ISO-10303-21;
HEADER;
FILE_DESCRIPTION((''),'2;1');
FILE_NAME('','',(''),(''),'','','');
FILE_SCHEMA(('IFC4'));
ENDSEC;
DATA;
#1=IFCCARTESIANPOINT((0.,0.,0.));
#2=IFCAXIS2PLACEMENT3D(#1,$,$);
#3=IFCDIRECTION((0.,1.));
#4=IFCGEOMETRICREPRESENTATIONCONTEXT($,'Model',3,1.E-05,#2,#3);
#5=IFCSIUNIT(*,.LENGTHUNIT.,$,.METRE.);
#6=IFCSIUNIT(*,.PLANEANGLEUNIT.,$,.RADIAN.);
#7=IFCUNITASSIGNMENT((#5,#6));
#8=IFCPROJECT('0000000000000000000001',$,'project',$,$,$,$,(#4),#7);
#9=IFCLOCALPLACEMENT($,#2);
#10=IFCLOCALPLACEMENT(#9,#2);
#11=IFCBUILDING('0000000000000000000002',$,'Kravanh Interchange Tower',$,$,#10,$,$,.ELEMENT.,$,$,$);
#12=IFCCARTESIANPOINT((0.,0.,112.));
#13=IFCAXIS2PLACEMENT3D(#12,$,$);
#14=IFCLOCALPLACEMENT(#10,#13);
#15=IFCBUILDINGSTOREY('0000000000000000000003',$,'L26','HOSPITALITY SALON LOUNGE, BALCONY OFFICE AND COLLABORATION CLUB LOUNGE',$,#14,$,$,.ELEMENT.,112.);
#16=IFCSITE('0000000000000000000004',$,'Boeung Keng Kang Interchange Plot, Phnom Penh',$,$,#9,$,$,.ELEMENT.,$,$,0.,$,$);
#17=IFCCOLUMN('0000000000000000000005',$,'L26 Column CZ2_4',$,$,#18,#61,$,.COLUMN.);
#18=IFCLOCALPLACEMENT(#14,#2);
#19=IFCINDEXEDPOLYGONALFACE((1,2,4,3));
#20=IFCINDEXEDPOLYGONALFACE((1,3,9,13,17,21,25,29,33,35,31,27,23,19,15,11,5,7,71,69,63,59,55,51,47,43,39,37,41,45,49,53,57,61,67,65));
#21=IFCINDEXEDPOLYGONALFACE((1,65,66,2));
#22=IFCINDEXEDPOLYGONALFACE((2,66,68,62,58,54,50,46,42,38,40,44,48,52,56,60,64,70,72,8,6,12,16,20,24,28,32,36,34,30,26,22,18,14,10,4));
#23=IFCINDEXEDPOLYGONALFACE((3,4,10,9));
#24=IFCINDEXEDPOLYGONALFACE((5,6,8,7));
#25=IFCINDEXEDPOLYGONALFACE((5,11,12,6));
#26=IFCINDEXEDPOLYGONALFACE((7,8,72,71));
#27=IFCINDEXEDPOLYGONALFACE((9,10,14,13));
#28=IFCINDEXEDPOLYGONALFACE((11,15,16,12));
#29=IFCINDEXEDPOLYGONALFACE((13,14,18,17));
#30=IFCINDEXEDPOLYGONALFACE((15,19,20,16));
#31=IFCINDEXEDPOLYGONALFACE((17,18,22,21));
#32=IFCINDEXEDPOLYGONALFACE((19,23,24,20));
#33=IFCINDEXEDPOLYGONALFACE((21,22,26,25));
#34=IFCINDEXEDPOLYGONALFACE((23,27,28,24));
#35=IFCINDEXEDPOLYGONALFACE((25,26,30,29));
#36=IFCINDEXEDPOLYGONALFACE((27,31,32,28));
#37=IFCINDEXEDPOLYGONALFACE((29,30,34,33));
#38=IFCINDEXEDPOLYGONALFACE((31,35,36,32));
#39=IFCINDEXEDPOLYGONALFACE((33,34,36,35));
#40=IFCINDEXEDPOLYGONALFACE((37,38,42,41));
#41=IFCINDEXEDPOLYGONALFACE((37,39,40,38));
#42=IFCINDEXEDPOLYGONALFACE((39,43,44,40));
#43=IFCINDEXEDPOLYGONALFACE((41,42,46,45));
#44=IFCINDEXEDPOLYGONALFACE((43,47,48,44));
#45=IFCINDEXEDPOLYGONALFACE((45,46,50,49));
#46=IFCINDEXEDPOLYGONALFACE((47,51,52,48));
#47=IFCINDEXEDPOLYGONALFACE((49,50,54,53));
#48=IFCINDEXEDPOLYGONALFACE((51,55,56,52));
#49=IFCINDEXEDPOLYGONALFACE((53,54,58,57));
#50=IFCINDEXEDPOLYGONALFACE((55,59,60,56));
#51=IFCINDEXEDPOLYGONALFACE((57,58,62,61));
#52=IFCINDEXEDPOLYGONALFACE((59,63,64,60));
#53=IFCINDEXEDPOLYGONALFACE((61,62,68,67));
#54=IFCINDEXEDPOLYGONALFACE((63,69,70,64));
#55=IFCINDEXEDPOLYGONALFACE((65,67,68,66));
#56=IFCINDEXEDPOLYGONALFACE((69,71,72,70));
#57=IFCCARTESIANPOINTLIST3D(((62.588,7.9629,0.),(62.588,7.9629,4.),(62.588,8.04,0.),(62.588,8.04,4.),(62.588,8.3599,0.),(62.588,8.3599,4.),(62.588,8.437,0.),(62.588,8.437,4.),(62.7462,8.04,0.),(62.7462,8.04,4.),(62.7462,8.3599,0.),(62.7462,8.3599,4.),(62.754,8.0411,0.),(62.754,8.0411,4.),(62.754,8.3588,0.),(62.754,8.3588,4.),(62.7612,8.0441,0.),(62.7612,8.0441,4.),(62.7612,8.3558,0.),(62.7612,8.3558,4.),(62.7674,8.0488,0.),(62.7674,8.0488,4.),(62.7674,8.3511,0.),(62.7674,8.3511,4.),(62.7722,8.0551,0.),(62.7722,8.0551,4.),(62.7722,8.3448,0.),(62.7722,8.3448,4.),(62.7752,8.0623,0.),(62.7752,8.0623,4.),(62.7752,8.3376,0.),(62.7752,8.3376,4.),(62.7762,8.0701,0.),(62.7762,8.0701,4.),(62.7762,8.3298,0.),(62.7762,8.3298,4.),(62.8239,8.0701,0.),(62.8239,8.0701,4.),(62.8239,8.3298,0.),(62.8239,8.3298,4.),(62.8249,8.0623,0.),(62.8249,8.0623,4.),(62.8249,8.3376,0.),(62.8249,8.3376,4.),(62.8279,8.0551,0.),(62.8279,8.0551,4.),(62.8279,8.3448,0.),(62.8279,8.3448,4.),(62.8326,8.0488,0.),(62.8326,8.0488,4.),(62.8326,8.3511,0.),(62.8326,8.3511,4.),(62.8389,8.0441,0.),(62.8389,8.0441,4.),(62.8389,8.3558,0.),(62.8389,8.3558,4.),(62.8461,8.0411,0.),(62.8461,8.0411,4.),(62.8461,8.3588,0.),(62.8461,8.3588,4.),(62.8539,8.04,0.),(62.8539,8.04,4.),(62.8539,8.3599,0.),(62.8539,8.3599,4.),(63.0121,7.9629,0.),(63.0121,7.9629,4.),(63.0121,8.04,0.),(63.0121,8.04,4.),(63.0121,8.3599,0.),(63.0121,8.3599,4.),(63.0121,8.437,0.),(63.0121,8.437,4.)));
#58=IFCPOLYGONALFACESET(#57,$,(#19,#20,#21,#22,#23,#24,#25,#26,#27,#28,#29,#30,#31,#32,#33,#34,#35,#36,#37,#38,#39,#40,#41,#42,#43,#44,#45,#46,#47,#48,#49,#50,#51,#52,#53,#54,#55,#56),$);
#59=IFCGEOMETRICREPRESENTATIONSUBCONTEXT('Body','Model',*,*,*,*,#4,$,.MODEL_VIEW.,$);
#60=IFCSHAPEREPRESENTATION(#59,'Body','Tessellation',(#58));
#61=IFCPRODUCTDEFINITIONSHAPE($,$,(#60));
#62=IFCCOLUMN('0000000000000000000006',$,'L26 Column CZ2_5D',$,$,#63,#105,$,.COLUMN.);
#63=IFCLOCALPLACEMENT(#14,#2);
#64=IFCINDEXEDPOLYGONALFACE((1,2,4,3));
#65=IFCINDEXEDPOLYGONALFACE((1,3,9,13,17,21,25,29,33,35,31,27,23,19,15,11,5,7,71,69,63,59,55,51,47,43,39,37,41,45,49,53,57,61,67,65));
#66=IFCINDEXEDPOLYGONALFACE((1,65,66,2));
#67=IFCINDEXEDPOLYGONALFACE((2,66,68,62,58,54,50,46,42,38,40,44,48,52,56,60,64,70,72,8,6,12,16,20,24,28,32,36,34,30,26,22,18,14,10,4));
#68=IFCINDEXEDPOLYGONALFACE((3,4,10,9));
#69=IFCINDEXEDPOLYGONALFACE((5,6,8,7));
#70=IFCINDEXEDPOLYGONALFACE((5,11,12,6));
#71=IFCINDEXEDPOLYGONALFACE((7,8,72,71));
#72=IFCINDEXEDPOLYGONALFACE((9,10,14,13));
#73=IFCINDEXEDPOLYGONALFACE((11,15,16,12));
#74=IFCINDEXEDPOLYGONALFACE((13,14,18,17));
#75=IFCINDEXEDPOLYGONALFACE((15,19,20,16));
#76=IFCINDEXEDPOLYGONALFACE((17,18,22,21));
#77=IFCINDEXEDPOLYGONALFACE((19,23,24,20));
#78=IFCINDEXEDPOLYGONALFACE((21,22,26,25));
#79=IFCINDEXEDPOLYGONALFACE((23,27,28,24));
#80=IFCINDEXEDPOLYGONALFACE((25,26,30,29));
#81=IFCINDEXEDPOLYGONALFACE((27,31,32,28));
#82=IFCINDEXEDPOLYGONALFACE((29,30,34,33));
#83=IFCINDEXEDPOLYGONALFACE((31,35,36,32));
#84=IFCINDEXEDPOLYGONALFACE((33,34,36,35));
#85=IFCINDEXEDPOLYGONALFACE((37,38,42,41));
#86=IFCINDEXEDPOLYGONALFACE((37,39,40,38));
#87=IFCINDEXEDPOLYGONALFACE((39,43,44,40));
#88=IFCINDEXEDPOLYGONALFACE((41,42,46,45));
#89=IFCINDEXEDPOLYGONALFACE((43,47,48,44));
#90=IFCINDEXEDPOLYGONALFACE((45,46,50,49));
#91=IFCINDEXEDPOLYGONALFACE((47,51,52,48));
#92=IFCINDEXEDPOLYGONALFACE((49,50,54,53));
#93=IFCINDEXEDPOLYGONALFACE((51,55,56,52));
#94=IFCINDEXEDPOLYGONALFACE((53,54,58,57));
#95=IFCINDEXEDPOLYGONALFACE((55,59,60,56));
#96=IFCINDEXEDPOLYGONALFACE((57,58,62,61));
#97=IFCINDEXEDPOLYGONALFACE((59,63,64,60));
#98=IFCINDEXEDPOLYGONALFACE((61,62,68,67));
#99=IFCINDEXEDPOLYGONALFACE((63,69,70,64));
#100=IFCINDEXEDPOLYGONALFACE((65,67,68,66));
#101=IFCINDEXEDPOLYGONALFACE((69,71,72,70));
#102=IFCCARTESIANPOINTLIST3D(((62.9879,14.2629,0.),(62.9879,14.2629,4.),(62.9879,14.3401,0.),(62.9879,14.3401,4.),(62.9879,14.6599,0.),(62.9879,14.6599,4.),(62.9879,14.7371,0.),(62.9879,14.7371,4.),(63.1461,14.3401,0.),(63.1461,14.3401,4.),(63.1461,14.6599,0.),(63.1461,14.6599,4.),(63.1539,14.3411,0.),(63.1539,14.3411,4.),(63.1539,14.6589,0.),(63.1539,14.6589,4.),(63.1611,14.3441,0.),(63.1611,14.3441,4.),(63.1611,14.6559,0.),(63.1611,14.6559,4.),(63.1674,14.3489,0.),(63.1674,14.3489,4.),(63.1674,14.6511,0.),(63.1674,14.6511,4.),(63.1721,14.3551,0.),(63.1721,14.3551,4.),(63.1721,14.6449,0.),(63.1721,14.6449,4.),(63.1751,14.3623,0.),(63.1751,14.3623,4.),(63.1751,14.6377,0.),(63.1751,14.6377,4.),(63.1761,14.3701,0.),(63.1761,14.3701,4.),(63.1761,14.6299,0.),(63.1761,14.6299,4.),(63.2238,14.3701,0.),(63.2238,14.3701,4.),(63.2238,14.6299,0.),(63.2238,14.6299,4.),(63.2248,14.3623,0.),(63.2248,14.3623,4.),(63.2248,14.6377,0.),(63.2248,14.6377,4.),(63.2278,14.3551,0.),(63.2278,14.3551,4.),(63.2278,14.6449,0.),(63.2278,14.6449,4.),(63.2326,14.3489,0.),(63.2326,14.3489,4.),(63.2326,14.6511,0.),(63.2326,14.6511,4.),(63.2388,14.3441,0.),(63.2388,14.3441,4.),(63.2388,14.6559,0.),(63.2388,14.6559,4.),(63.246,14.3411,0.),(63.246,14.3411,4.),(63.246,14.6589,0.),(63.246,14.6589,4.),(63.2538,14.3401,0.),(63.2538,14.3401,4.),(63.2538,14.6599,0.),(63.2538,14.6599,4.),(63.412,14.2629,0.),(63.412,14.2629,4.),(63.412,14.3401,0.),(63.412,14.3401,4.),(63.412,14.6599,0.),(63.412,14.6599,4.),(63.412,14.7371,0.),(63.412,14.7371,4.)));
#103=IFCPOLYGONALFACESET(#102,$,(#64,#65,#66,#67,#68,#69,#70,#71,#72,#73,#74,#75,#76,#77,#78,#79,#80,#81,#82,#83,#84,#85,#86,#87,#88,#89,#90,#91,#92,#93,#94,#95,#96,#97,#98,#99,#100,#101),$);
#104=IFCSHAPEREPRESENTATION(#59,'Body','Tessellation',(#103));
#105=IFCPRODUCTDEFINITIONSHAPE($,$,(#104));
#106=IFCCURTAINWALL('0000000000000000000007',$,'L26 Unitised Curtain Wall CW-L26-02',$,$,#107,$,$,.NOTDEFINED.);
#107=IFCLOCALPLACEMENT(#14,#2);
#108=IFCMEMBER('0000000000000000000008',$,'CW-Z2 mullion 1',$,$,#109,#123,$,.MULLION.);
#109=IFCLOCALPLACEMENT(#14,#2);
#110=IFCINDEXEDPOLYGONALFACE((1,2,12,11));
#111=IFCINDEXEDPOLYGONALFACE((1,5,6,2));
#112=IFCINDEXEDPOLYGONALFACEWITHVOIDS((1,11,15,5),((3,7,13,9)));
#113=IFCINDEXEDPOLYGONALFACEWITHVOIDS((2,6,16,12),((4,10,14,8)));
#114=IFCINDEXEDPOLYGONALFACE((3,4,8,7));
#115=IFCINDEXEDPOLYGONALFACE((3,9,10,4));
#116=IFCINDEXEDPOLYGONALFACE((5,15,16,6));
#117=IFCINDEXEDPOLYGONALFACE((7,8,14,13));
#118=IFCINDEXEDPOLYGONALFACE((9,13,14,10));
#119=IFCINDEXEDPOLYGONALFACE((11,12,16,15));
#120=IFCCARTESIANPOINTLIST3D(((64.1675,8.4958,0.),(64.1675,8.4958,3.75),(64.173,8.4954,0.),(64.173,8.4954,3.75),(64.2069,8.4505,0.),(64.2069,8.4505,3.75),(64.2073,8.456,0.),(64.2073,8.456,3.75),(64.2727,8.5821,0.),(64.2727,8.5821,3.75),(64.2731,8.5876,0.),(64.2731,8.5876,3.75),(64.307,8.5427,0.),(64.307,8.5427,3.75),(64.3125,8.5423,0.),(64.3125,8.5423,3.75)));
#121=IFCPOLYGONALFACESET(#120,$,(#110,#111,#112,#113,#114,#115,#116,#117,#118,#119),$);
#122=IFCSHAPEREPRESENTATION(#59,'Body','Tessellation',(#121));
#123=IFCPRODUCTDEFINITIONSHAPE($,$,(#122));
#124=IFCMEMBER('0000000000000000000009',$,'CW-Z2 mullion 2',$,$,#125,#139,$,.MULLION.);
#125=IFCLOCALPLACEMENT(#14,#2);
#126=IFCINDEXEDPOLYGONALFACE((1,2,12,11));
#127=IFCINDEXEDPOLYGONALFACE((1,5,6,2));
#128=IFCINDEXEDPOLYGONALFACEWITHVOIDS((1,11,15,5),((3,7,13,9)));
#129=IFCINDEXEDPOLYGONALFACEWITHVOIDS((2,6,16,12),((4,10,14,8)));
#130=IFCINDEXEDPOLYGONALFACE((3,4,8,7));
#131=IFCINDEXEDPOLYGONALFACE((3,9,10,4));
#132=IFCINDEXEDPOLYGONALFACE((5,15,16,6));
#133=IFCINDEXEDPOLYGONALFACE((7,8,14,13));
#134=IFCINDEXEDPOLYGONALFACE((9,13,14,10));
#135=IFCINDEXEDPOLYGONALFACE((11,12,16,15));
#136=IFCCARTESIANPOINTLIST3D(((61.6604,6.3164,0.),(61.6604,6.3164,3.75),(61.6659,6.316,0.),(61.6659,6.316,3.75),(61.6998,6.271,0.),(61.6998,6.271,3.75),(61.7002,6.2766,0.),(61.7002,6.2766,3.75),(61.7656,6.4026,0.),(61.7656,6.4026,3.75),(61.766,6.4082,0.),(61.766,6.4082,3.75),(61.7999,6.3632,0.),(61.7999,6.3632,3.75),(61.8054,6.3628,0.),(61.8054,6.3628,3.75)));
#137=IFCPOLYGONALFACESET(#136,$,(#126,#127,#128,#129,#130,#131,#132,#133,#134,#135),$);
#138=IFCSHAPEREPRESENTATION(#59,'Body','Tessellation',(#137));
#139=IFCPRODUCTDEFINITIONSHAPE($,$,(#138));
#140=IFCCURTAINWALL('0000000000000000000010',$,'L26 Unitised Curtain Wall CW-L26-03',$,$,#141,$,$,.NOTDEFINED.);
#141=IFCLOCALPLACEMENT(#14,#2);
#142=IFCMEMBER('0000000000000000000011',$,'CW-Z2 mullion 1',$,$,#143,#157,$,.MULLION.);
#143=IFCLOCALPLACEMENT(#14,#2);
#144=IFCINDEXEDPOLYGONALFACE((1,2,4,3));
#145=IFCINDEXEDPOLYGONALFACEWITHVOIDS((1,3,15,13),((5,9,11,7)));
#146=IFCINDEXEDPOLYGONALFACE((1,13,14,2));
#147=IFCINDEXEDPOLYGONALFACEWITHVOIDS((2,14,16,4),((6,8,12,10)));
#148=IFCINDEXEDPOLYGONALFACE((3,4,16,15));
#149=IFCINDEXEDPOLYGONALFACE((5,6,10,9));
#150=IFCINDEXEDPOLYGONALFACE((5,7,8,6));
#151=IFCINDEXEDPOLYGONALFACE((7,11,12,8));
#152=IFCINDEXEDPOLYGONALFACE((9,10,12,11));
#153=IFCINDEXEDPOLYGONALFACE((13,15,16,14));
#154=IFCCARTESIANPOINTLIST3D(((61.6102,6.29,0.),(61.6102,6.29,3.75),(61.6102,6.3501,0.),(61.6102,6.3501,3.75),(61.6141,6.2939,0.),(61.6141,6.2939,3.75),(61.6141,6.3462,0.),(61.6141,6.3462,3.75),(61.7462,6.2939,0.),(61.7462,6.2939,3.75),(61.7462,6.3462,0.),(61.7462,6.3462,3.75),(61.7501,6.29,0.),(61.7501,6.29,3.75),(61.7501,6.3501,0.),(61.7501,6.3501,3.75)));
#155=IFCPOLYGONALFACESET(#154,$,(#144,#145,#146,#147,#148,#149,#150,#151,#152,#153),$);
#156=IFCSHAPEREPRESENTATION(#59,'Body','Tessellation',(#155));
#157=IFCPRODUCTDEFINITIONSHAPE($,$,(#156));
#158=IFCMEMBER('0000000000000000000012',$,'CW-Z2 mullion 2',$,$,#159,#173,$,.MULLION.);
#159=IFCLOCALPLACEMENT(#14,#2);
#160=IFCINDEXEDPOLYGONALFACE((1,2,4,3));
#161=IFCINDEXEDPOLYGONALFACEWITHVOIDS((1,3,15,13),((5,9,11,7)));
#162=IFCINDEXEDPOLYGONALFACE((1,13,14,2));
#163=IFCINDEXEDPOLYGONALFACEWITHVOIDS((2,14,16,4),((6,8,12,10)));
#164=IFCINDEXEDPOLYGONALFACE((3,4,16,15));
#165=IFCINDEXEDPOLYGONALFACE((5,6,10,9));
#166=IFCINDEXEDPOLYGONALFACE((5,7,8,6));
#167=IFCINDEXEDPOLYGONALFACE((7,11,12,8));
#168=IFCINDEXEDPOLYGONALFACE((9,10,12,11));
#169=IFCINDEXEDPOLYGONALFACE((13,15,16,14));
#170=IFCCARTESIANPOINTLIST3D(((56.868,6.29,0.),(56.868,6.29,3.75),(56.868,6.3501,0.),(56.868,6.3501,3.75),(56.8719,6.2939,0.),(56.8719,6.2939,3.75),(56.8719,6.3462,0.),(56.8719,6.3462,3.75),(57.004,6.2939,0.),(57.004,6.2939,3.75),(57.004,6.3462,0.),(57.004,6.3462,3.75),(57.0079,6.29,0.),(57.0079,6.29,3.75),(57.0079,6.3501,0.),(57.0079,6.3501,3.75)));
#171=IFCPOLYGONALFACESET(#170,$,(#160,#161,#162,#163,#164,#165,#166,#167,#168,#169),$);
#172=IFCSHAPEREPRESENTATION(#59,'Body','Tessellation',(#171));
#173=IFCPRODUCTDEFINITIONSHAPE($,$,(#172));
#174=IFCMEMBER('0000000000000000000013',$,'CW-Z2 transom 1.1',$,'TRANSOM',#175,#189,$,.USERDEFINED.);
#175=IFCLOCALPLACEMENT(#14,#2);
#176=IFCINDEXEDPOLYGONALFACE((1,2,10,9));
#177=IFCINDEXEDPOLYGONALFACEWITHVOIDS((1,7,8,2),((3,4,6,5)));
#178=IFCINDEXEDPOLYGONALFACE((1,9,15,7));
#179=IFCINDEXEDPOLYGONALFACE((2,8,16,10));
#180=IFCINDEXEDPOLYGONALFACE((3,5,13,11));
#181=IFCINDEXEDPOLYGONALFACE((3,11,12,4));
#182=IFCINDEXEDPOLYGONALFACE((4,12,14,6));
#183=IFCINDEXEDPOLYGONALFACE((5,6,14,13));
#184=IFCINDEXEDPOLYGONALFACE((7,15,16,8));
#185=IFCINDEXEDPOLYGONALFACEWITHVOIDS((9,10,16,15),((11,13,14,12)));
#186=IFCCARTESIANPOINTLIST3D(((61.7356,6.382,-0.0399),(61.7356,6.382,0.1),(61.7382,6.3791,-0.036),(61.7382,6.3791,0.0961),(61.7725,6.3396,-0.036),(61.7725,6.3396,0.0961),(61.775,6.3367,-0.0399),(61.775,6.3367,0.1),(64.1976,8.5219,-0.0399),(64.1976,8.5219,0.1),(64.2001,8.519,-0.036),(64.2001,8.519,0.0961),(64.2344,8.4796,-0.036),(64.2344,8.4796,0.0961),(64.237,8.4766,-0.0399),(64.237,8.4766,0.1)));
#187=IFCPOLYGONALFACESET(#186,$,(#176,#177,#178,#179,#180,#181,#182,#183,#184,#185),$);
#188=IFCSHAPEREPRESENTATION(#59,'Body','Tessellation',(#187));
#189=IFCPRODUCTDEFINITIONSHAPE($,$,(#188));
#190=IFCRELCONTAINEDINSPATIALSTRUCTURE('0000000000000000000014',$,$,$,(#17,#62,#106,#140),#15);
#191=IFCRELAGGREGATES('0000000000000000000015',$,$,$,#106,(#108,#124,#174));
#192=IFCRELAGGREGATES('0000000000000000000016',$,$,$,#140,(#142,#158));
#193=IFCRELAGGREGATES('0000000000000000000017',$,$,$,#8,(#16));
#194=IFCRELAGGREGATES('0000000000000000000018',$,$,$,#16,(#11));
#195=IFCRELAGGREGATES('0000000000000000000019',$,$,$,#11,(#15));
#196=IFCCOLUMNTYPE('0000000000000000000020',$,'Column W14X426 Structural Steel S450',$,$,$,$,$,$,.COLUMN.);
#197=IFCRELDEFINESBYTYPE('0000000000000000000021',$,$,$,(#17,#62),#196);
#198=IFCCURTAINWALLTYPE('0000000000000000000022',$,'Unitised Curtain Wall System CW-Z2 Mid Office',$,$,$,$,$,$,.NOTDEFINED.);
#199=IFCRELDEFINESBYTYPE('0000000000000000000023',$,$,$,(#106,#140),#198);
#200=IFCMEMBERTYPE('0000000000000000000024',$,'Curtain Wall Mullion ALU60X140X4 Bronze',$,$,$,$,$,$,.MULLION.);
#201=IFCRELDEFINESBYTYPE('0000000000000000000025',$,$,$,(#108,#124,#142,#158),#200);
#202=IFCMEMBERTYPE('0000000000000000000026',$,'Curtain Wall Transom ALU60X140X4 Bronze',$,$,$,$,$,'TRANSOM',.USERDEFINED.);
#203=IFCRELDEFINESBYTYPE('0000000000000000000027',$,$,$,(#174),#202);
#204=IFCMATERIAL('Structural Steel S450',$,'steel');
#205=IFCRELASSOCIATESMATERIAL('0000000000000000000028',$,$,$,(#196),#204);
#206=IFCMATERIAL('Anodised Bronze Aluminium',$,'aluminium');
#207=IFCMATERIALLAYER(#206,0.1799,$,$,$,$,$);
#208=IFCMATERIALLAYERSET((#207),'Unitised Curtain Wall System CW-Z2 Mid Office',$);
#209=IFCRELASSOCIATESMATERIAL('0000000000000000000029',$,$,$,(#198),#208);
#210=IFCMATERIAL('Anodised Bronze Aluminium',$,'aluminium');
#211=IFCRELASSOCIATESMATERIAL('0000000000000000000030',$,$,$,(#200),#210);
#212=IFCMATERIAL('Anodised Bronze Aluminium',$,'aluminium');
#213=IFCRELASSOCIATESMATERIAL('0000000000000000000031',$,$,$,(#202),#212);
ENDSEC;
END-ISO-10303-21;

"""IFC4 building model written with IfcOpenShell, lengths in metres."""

from ifc_helpers import new_model, si_unit, direction, frame, origin, origin_2d, place, context, subcontext, project, spatial, hollow_rectangle, i_section, extrude, material, layer, layer_set, material_profile, profile_set, type_object, element, aggregate, save


model = new_model("IFC4")

# Units and contexts
model_context = context("Model", 3, precision=1e-05, world=origin(), true_north=direction((0.0, 1.0)))
body_context = subcontext(model_context, "Body", "Model", "MODEL_VIEW")
ifc_project = project(units=[si_unit("LENGTHUNIT", "METRE"), si_unit("PLANEANGLEUNIT", "RADIAN")], contexts=[model_context])

# Site, building, storey
site_placement = place(None, origin())
site = spatial("IfcSite", under=ifc_project, at=site_placement, Name="Boeung Keng Kang Interchange Plot, Phnom Penh", CompositionType="ELEMENT", RefElevation=0.0)
building_placement = place(site_placement, origin())
building = spatial("IfcBuilding", under=site, at=building_placement, Name="Kravanh Interchange Tower", CompositionType="ELEMENT")
storey_placement = place(building_placement, frame((0.0, 0.0, 112.0)))
storey = spatial("IfcBuildingStorey", under=building, at=storey_placement, Name="L26", Description="HOSPITALITY SALON LOUNGE, BALCONY OFFICE AND COLLABORATION CLUB LOUNGE", CompositionType="ELEMENT", Elevation=112.0)

# Columns
ifc_material_1 = material(Name="Structural Steel S450", Category="steel")
ifc_material_profile_1 = material_profile(ifc_material_1, i_section(OverallWidth=0.4241, OverallDepth=0.4741, WebThickness=0.0476, FlangeThickness=0.0771, FilletRadius=0.03, at=origin_2d()), Name="W14X426")
ifc_profile_set_1 = profile_set([ifc_material_profile_1], Name="Structural Steel S450")
column_type = type_object("IfcColumnType", Name="Column W14X426 Structural Steel S450", PredefinedType="COLUMN", material=ifc_profile_set_1)
for number, where, z_axis, x_axis, name in (
    (1, (62.8, 8.2, 0.0), (0.0, 0.0, 1.0), (1.0, 0.0, 0.0), "L26 Column CZ2_4"),
    (2, (63.2, 14.5, 0.0), (0.0, 0.0, 1.0), (1.0, 0.0, 0.0), "L26 Column CZ2_5D"),
):
    element("IfcColumn", number, at=place(storey_placement, frame(where, z_axis=z_axis, x_axis=x_axis)), inside=storey, type_object=column_type, Name=name, PredefinedType="COLUMN", context=body_context, shape_type="SweptSolid", body=[
        extrude(i_section(OverallWidth=0.4241, OverallDepth=0.4741, WebThickness=0.0476, FlangeThickness=0.0771, FilletRadius=0.03, at=origin_2d()), origin(), (0.0, 0.0, 1.0), 4.0),
    ])

# Curtain walls, members
ifc_material_2 = material(Name="Anodised Bronze Aluminium", Category="aluminium")
ifc_layer_1 = layer(ifc_material_2, 0.1799)
ifc_layer_set_1 = layer_set([ifc_layer_1], Name="Unitised Curtain Wall System CW-Z2 Mid Office")
curtain_wall_type = type_object("IfcCurtainWallType", Name="Unitised Curtain Wall System CW-Z2 Mid Office", PredefinedType="NOTDEFINED", material=ifc_layer_set_1)
curtain_wall_1_placement = place(storey_placement, origin())
curtain_wall_1 = element("IfcCurtainWall", 3, at=curtain_wall_1_placement, inside=storey, type_object=curtain_wall_type, Name="L26 Unitised Curtain Wall CW-L26-02", PredefinedType="NOTDEFINED")
ifc_material_3 = material(Name="Anodised Bronze Aluminium", Category="aluminium")
ifc_material_profile_2 = material_profile(ifc_material_3, hollow_rectangle(XDim=0.0601, YDim=0.1399, WallThickness=0.0039, at=origin_2d()), Name="ALU60X140X4")
ifc_profile_set_2 = profile_set([ifc_material_profile_2], Name="Anodised Bronze Aluminium")
member_type_1 = type_object("IfcMemberType", Name="Curtain Wall Mullion ALU60X140X4 Bronze", PredefinedType="MULLION", material=ifc_profile_set_2)
member_1_placement = place(storey_placement, frame((64.24, 8.519, 0.0), z_axis=(0.0, 0.0, 1.0), x_axis=(0.656048, -0.754719, 0.0)))
member_1 = element("IfcMember", 4, at=member_1_placement, type_object=member_type_1, Name="CW-Z2 mullion 1", PredefinedType="MULLION", context=body_context, shape_type="SweptSolid", body=[
    extrude(hollow_rectangle(XDim=0.0601, YDim=0.1399, WallThickness=0.0039, at=origin_2d()), origin(), (0.0, 0.0, 1.0), 3.75),
])
member_2_placement = place(storey_placement, frame((61.7329, 6.3396, 0.0), z_axis=(0.0, 0.0, 1.0), x_axis=(0.656048, -0.754719, 0.0)))
member_2 = element("IfcMember", 5, at=member_2_placement, type_object=member_type_1, Name="CW-Z2 mullion 2", PredefinedType="MULLION", context=body_context, shape_type="SweptSolid", body=[
    extrude(hollow_rectangle(XDim=0.0601, YDim=0.1399, WallThickness=0.0039, at=origin_2d()), origin(), (0.0, 0.0, 1.0), 3.75),
])
curtain_wall_2_placement = place(storey_placement, origin())
curtain_wall_2 = element("IfcCurtainWall", 6, at=curtain_wall_2_placement, inside=storey, type_object=curtain_wall_type, Name="L26 Unitised Curtain Wall CW-L26-03", PredefinedType="NOTDEFINED")
member_3_placement = place(storey_placement, frame((61.6802, 6.3201, 0.0), z_axis=(0.0, 0.0, 1.0), x_axis=(0.0, -1.0, 0.0)))
member_3 = element("IfcMember", 7, at=member_3_placement, type_object=member_type_1, Name="CW-Z2 mullion 1", PredefinedType="MULLION", context=body_context, shape_type="SweptSolid", body=[
    extrude(hollow_rectangle(XDim=0.0601, YDim=0.1399, WallThickness=0.0039, at=origin_2d()), origin(), (0.0, 0.0, 1.0), 3.75),
])
member_4_placement = place(storey_placement, frame((56.938, 6.3201, 0.0), z_axis=(0.0, 0.0, 1.0), x_axis=(0.0, -1.0, 0.0)))
member_4 = element("IfcMember", 8, at=member_4_placement, type_object=member_type_1, Name="CW-Z2 mullion 2", PredefinedType="MULLION", context=body_context, shape_type="SweptSolid", body=[
    extrude(hollow_rectangle(XDim=0.0601, YDim=0.1399, WallThickness=0.0039, at=origin_2d()), origin(), (0.0, 0.0, 1.0), 3.75),
])

# Member
ifc_material_4 = material(Name="Anodised Bronze Aluminium", Category="aluminium")
ifc_material_profile_3 = material_profile(ifc_material_4, hollow_rectangle(XDim=0.0601, YDim=0.1399, WallThickness=0.0039, at=origin_2d()), Name="ALU60X140X4")
ifc_profile_set_3 = profile_set([ifc_material_profile_3], Name="Anodised Bronze Aluminium")
member_type_2 = type_object("IfcMemberType", Name="Curtain Wall Transom ALU60X140X4 Bronze", ElementType="TRANSOM", PredefinedType="USERDEFINED", material=ifc_profile_set_3)
member_5_placement = place(storey_placement, frame((64.2173, 8.4993, 0.03), z_axis=(-0.754742, -0.656021, 0.0), x_axis=(0.656021, -0.754742, 0.0)))
member_5 = element("IfcMember", 9, at=member_5_placement, type_object=member_type_2, Name="CW-Z2 transom 1.1", ObjectType="TRANSOM", PredefinedType="USERDEFINED", context=body_context, shape_type="SweptSolid", body=[
    extrude(hollow_rectangle(XDim=0.0601, YDim=0.1399, WallThickness=0.0039, at=origin_2d()), origin(), (0.0, 0.0, 1.0), 3.262),
])

aggregate(curtain_wall_1, [member_1, member_2, member_5])
aggregate(curtain_wall_2, [member_3, member_4])

save(model, "model.ifc")
